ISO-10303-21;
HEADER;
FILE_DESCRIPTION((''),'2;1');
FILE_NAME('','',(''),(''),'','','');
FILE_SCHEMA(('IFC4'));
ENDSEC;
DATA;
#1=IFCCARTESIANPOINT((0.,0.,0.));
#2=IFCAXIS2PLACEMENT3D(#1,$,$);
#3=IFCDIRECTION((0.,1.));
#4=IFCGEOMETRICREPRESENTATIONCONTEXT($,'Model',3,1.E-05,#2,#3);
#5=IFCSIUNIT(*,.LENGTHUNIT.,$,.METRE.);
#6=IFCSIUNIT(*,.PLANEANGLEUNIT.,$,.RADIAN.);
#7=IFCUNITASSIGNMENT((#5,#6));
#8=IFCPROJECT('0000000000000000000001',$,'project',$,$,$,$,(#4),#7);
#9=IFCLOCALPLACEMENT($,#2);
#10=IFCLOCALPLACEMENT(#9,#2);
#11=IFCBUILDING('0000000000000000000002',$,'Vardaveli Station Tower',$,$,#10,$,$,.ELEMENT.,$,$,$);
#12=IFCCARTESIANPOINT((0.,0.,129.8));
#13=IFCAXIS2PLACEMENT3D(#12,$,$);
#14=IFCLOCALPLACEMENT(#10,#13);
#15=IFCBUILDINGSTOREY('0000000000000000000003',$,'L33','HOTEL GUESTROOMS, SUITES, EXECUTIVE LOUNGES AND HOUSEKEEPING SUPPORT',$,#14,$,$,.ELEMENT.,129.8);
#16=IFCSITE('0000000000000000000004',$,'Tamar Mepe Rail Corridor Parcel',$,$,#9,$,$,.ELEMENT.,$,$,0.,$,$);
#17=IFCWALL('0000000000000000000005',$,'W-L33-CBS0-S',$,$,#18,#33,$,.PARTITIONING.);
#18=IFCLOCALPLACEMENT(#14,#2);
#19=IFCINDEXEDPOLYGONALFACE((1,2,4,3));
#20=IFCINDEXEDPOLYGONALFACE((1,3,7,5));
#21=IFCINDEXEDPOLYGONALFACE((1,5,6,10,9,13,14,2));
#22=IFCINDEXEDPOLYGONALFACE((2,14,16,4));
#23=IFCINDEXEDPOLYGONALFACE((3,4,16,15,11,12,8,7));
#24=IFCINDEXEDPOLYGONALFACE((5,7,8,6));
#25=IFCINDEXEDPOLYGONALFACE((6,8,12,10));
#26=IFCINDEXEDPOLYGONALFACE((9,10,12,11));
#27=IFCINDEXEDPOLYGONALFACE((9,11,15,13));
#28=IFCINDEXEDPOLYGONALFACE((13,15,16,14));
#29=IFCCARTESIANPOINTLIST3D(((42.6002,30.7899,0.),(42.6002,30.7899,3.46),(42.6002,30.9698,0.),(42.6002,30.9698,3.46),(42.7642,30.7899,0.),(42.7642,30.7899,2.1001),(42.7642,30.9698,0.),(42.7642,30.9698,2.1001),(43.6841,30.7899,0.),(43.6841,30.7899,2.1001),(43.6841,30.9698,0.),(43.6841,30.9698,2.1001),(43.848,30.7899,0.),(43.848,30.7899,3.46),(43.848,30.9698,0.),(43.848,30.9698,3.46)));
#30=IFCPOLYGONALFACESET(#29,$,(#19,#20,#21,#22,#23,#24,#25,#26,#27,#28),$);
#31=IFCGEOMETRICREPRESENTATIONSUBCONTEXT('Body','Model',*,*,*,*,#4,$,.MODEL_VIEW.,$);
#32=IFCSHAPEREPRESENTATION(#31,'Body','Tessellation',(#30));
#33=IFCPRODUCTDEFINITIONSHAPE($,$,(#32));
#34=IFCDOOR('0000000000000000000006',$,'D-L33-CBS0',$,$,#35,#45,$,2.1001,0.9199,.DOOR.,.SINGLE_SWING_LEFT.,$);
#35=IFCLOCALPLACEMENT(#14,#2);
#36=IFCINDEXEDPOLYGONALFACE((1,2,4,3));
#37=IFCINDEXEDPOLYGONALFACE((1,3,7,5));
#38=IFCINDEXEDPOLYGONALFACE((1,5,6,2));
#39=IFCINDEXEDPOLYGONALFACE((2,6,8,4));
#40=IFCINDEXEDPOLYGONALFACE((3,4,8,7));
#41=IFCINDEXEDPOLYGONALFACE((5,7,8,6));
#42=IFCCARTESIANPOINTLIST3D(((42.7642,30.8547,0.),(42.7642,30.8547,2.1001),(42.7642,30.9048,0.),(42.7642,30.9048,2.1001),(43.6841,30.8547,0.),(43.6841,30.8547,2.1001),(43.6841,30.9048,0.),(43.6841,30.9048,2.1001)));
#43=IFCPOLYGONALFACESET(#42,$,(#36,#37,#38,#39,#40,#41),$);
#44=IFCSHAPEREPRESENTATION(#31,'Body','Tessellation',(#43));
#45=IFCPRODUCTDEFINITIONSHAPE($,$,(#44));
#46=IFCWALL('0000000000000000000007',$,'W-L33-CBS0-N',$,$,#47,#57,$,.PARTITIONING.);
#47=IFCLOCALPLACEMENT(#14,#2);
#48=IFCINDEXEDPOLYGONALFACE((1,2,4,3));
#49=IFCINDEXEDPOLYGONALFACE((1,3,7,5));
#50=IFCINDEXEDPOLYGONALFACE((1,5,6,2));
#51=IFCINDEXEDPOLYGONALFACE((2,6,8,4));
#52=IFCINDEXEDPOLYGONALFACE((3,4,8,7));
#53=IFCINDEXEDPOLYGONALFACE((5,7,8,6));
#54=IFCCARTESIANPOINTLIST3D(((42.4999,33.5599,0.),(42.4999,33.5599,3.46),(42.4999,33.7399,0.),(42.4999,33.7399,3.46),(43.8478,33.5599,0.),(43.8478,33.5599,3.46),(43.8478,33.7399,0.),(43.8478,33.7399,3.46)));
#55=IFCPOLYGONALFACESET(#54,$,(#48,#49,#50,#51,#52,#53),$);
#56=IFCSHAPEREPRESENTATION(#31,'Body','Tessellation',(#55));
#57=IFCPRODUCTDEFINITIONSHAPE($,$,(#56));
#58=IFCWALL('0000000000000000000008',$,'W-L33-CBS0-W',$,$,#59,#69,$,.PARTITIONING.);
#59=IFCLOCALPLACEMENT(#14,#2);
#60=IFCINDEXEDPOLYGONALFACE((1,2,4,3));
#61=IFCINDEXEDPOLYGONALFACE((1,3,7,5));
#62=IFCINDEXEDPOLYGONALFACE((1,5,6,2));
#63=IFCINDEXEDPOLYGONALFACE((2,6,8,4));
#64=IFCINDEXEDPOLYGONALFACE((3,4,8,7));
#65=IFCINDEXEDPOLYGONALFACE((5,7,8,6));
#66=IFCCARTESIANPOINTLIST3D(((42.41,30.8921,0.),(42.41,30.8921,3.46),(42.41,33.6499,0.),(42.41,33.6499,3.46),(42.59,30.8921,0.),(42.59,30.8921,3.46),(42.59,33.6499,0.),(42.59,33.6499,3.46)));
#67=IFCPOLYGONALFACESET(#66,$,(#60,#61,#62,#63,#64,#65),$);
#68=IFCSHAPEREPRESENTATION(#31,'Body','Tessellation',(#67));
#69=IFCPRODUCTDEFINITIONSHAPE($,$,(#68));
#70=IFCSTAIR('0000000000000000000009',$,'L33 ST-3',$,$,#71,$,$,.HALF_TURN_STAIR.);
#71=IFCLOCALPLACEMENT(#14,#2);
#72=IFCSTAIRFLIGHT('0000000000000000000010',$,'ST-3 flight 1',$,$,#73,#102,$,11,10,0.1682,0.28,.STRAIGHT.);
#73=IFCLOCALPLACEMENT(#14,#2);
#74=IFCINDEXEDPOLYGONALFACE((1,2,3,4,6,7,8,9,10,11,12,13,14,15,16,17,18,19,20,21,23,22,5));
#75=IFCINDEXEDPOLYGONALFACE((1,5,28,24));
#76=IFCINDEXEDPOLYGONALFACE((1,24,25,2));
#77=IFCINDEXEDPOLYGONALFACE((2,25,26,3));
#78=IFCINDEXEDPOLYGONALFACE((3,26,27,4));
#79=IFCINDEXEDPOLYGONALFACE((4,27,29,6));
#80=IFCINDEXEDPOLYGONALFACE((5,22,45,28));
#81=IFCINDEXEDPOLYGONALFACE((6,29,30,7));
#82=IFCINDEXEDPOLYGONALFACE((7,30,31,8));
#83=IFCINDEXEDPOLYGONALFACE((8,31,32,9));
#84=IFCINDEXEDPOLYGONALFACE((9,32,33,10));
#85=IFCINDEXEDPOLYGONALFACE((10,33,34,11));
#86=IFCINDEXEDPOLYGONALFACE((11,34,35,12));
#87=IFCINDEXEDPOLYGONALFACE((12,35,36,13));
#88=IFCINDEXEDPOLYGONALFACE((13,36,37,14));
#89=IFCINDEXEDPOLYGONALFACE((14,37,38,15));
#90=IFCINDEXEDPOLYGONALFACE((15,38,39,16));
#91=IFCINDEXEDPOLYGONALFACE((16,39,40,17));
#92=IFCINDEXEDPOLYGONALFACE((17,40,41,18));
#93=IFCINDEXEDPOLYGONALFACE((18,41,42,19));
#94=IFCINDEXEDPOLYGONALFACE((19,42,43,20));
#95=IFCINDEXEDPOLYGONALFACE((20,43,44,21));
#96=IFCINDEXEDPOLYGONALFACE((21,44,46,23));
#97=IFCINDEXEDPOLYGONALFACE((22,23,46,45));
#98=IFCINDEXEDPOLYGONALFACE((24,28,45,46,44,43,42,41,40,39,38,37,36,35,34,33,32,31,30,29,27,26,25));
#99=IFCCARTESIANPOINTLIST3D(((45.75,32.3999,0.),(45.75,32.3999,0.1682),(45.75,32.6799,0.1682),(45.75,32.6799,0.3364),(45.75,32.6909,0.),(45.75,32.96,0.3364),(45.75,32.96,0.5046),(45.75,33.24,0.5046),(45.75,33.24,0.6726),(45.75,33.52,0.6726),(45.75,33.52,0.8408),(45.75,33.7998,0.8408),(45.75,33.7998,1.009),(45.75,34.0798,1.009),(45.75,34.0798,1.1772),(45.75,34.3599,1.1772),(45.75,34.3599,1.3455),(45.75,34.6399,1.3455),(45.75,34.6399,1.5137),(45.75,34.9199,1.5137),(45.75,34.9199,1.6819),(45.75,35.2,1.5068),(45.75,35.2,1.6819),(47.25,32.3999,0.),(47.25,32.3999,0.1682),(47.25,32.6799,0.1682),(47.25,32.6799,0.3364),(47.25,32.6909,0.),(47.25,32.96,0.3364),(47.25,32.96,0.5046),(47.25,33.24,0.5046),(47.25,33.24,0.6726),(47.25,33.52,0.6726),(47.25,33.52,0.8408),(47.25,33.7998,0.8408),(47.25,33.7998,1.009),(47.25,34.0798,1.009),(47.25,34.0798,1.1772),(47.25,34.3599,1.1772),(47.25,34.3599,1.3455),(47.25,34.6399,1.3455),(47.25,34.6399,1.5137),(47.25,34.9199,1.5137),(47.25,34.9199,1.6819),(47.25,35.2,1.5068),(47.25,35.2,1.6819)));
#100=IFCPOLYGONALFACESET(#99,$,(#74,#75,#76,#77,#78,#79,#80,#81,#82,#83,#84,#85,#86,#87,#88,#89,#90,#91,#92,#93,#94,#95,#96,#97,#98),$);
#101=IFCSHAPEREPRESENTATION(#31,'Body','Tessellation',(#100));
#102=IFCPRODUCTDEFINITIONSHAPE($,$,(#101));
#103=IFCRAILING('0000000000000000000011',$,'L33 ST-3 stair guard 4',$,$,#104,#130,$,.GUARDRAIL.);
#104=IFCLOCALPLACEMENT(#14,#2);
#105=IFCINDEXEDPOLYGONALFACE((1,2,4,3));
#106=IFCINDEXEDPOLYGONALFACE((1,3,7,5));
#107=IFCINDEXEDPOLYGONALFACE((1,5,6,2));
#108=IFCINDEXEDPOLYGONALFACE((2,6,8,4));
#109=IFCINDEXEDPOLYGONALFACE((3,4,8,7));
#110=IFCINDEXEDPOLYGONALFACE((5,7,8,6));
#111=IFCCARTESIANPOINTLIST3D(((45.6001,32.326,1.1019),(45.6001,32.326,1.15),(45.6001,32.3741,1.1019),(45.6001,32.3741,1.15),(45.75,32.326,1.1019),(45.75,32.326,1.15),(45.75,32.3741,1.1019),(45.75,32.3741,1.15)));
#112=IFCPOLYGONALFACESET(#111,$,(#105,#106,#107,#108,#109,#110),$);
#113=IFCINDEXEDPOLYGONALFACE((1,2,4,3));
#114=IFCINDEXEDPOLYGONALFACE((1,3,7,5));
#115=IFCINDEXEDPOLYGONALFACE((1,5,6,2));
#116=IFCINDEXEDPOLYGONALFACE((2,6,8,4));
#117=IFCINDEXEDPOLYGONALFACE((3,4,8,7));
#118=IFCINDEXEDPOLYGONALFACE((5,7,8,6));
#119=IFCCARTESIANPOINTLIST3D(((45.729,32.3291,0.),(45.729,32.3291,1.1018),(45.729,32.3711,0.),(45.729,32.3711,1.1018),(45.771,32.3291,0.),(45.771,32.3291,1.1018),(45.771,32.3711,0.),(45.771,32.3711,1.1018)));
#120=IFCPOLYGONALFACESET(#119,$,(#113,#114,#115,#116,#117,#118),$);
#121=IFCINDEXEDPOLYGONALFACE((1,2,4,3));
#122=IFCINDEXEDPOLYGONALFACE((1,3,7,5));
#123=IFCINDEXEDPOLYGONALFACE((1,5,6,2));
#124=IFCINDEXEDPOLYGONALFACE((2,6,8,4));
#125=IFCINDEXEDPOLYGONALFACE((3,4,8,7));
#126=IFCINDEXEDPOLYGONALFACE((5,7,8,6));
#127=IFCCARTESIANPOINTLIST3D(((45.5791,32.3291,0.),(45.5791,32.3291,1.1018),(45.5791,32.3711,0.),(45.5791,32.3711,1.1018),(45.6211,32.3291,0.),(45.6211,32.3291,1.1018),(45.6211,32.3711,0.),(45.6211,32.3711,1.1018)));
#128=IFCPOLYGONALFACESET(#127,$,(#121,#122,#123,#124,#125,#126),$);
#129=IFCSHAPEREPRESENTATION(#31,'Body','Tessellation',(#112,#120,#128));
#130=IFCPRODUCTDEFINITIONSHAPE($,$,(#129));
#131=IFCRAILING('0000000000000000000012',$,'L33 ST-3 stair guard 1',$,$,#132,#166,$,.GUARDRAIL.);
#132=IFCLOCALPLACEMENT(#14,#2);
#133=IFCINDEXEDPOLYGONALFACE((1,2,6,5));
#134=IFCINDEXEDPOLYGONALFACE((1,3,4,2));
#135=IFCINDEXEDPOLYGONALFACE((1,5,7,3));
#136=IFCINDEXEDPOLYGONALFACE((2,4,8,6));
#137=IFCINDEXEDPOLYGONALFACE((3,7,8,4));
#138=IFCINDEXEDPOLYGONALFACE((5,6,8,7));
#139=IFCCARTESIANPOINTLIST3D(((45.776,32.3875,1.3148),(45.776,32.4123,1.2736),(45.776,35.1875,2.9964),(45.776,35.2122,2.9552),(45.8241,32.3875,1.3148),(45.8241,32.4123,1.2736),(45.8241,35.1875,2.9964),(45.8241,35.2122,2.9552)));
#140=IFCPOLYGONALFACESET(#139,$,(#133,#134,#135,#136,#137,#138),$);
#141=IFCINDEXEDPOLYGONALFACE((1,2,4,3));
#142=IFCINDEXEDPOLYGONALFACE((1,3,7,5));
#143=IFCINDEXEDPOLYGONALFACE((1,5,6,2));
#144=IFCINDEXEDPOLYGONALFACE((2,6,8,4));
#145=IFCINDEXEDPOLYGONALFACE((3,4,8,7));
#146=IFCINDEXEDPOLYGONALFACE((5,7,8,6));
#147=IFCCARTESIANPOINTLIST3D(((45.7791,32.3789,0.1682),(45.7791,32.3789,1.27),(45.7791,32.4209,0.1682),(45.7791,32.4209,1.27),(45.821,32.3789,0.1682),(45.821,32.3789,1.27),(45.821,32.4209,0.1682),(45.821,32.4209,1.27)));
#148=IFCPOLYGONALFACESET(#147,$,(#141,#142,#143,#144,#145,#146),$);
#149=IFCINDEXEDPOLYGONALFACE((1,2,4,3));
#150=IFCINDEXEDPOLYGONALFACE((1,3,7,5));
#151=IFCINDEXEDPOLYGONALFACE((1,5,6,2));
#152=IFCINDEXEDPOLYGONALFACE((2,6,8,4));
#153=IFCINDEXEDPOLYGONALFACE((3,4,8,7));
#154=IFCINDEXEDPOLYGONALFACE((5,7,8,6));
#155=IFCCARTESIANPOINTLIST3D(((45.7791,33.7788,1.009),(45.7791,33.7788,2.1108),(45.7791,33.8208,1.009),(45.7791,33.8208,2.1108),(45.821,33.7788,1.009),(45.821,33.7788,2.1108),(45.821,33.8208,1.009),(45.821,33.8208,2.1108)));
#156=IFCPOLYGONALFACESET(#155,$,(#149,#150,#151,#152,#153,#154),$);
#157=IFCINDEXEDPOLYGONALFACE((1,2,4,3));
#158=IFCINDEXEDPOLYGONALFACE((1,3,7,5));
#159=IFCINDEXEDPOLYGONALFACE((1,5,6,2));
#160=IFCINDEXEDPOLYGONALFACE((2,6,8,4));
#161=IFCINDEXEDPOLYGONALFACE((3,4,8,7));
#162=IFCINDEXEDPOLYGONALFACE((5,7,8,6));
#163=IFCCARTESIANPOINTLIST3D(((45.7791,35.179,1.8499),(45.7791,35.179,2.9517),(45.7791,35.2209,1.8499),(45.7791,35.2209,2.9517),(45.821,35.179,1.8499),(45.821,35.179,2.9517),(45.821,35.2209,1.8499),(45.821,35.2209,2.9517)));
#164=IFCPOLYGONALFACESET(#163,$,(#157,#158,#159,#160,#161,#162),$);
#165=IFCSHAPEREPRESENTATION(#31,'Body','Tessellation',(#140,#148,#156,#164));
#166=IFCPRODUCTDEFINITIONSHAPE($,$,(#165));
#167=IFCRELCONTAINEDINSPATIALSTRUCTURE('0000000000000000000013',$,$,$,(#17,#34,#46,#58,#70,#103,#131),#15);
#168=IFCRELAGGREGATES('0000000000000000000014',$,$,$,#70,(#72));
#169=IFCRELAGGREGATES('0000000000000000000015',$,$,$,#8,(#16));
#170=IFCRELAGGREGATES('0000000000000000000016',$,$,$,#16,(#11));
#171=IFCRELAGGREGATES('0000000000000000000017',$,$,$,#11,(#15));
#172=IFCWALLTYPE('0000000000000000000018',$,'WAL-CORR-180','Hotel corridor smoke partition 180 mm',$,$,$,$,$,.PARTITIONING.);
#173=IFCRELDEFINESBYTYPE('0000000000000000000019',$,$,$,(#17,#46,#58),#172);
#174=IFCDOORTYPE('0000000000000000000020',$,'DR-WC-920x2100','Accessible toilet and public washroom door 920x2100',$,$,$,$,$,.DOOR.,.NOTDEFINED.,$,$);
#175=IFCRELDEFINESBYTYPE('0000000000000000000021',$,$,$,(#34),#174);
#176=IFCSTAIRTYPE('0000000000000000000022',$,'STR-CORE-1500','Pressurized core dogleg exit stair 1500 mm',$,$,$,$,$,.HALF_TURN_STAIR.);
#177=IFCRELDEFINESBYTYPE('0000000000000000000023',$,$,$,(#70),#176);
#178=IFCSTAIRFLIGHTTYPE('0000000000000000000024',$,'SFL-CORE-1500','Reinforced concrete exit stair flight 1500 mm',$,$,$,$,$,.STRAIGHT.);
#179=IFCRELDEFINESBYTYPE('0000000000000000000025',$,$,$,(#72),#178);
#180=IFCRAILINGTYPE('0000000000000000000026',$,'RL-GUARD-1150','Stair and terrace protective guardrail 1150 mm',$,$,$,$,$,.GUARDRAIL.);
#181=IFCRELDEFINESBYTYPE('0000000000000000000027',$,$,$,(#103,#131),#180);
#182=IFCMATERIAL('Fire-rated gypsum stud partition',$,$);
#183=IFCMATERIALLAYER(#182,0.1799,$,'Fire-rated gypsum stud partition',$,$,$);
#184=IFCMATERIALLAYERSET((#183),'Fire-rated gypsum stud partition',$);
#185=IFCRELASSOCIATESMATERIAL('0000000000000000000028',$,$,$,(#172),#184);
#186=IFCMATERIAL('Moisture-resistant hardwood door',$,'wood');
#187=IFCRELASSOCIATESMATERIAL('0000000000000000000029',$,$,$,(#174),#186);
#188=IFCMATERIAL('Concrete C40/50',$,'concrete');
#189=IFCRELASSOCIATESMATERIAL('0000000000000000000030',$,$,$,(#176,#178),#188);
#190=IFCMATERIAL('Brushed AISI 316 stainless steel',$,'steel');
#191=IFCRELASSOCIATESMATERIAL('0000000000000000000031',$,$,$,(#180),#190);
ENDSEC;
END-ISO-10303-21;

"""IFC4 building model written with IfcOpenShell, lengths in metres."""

from ifc_helpers import new_model, si_unit, direction, frame, frame_2d, origin, origin_2d, place, context, subcontext, project, spatial, polyline, rectangle, outline, extrude, source, transform, mapped, material, layer, layer_set, type_object, element, fill, aggregate, save


model = new_model("IFC4")

# Units and contexts
model_context = context("Model", 3, precision=1e-05, world=origin(), true_north=direction((0.0, 1.0)))
body_context = subcontext(model_context, "Body", "Model", "MODEL_VIEW")
ifc_project = project(units=[si_unit("LENGTHUNIT", "METRE"), si_unit("PLANEANGLEUNIT", "RADIAN")], contexts=[model_context])

# Site, building, storey
site_placement = place(None, origin())
site = spatial("IfcSite", under=ifc_project, at=site_placement, Name="Tamar Mepe Rail Corridor Parcel", CompositionType="ELEMENT", RefElevation=0.0)
building_placement = place(site_placement, origin())
building = spatial("IfcBuilding", under=site, at=building_placement, Name="Vardaveli Station Tower", CompositionType="ELEMENT")
storey_placement = place(building_placement, frame((0.0, 0.0, 129.8)))
storey = spatial("IfcBuildingStorey", under=building, at=storey_placement, Name="L33", Description="HOTEL GUESTROOMS, SUITES, EXECUTIVE LOUNGES AND HOUSEKEEPING SUPPORT", CompositionType="ELEMENT", Elevation=129.8)

# Shared definitions
ifc_material_1 = material(Name="Concrete C40/50", Category="concrete")

# Wall, opening, door
ifc_material_2 = material(Name="Fire-rated gypsum stud partition")
ifc_layer_1 = layer(ifc_material_2, 0.1799, Name="Fire-rated gypsum stud partition")
ifc_layer_set_1 = layer_set([ifc_layer_1], Name="Fire-rated gypsum stud partition")
wall_type_1 = type_object("IfcWallType", Name="WAL-CORR-180", Description="Hotel corridor smoke partition 180 mm", PredefinedType="PARTITIONING", material=ifc_layer_set_1)
shared_shape_1 = source(origin(), body_context, "Body", "SweptSolid", [
    extrude(rectangle(XDim=1.2478, YDim=0.1799, at=frame_2d((0.624, 0.0))), origin(), (0.0, 0.0, 1.0), 3.46),
])
wall_1_placement = place(storey_placement, frame((42.6001, 30.8799, 0.0), z_axis=(0.0, 0.0, 1.0), x_axis=(1.0, 0.0, 0.0)))
wall_1 = element("IfcWall", 1, at=wall_1_placement, inside=storey, type_object=wall_type_1, Name="W-L33-CBS0-S", PredefinedType="PARTITIONING", context=body_context, shape_type="MappedRepresentation", body=[
    mapped(shared_shape_1, transform((0.0, 0.0, 0.0), scale=1.0)),
])
shared_shape_2 = source(origin(), body_context, "Body", "SweptSolid", [
    extrude(rectangle(XDim=0.9199, YDim=2.1001, at=frame_2d((0.46, 1.05))), frame((0.0, 0.1001, 0.0), z_axis=(0.0, -1.0, 0.0), x_axis=(1.0, 0.0, 0.0)), (0.0, 0.0, 1.0), 0.2),
])
opening_1_placement = place(wall_1_placement, frame((0.1641, 0.0, 0.0)))
opening_1 = element("IfcOpeningElement", 2, at=opening_1_placement, cuts=wall_1, PredefinedType="OPENING", context=body_context, shape_type="MappedRepresentation", body=[
    mapped(shared_shape_2, transform((0.0, 0.0, 0.0), scale=1.0)),
])
ifc_material_3 = material(Name="Moisture-resistant hardwood door", Category="wood")
door_type_1 = type_object("IfcDoorType", Name="DR-WC-920x2100", Description="Accessible toilet and public washroom door 920x2100", OperationType="NOTDEFINED", PredefinedType="DOOR", material=ifc_material_3)
shared_shape_3 = source(origin(), body_context, "Body", "SweptSolid", [
    extrude(rectangle(XDim=0.9199, YDim=2.1001, at=frame_2d((0.46, 1.05))), frame((0.0, 0.0249, 0.0), z_axis=(0.0, -1.0, 0.0), x_axis=(1.0, 0.0, 0.0)), (0.0, 0.0, 1.0), 0.05),
])
door_1_placement = place(opening_1_placement, origin())
door_1 = element("IfcDoor", 3, at=door_1_placement, inside=storey, type_object=door_type_1, Name="D-L33-CBS0", OperationType="SINGLE_SWING_LEFT", OverallHeight=2.1001, OverallWidth=0.9199, PredefinedType="DOOR", context=body_context, shape_type="MappedRepresentation", body=[
    mapped(shared_shape_3, transform((0.0, 0.0, 0.0), scale=1.0)),
])
fill(opening_1, door_1)

# Walls
shared_shape_4 = source(origin(), body_context, "Body", "SweptSolid", [
    extrude(rectangle(XDim=1.3479, YDim=0.1799, at=frame_2d((0.6738, 0.0))), origin(), (0.0, 0.0, 1.0), 3.46),
])
wall_2_placement = place(storey_placement, frame((42.5, 33.6499, 0.0), z_axis=(0.0, 0.0, 1.0), x_axis=(1.0, 0.0, 0.0)))
element("IfcWall", 4, at=wall_2_placement, inside=storey, type_object=wall_type_1, Name="W-L33-CBS0-N", PredefinedType="PARTITIONING", context=body_context, shape_type="MappedRepresentation", body=[
    mapped(shared_shape_4, transform((0.0, 0.0, 0.0), scale=1.0)),
])
shared_shape_5 = source(origin(), body_context, "Body", "SweptSolid", [
    extrude(rectangle(XDim=2.7578, YDim=0.1799, at=frame_2d((1.3789, 0.0))), origin(), (0.0, 0.0, 1.0), 3.46),
])
wall_3_placement = place(storey_placement, frame((42.5, 30.8921, 0.0), z_axis=(0.0, 0.0, 1.0), x_axis=(0.0, 1.0, 0.0)))
element("IfcWall", 5, at=wall_3_placement, inside=storey, type_object=wall_type_1, Name="W-L33-CBS0-W", PredefinedType="PARTITIONING", context=body_context, shape_type="MappedRepresentation", body=[
    mapped(shared_shape_5, transform((0.0, 0.0, 0.0), scale=1.0)),
])

# Stair, stair flight
stair_type = type_object("IfcStairType", Name="STR-CORE-1500", Description="Pressurized core dogleg exit stair 1500 mm", PredefinedType="HALF_TURN_STAIR", material=ifc_material_1)
stair_placement = place(storey_placement, origin())
stair = element("IfcStair", 6, at=stair_placement, inside=storey, type_object=stair_type, Name="L33 ST-3", PredefinedType="HALF_TURN_STAIR")
stair_flight_type = type_object("IfcStairFlightType", Name="SFL-CORE-1500", Description="Reinforced concrete exit stair flight 1500 mm", PredefinedType="STRAIGHT", material=ifc_material_1)
shared_shape_6 = source(origin(), body_context, "Body", "SweptSolid", [
    extrude(outline(polyline([(0.0, 0.0), (0.0, 0.1682), (0.28, 0.1682), (0.28, 0.3364), (0.5601, 0.3364), (0.5601, 0.5046), (0.8401, 0.5046), (0.8401, 0.6726), (1.1201, 0.6726), (1.1201, 0.8408), (1.3999, 0.8408), (1.3999, 1.009), (1.6799, 1.009), (1.6799, 1.1772), (1.96, 1.1772), (1.96, 1.3455), (2.24, 1.3455), (2.24, 1.5137), (2.52, 1.5137), (2.52, 1.6819), (2.8, 1.6819), (2.8, 1.8501), (2.8, 1.5068), (0.291, 0.0), (0.0, 0.0)])), frame((0.0, 0.75, 0.0), z_axis=(0.0, -1.0, 0.0), x_axis=(1.0, 0.0, 0.0)), (0.0, 0.0, 1.0), 1.5),
])
stair_flight_placement = place(storey_placement, frame((46.5, 32.3999, 0.0), z_axis=(0.0, 0.0, 1.0), x_axis=(0.0, 1.0, 0.0)))
stair_flight = element("IfcStairFlight", 7, at=stair_flight_placement, type_object=stair_flight_type, Name="ST-3 flight 1", NumberOfRisers=11, NumberOfTreads=10, PredefinedType="STRAIGHT", RiserHeight=0.1682, TreadLength=0.28, context=body_context, shape_type="MappedRepresentation", body=[
    mapped(shared_shape_6, transform((0.0, 0.0, 0.0), scale=1.0)),
])
aggregate(stair, [stair_flight])

# Railings
ifc_material_4 = material(Name="Brushed AISI 316 stainless steel", Category="steel")
railing_type_1 = type_object("IfcRailingType", Name="RL-GUARD-1150", Description="Stair and terrace protective guardrail 1150 mm", PredefinedType="GUARDRAIL", material=ifc_material_4)
shared_shape_7 = source(origin(), body_context, "Body", "SweptSolid", [
    extrude(rectangle(XDim=0.0481, YDim=0.0481, at=origin_2d()), frame((0.0, 0.0, 1.126), z_axis=(-1.0, 0.0, 0.0), x_axis=(0.0, -1.0, 0.0)), (0.0, 0.0, 1.0), 0.1499),
    extrude(rectangle(XDim=0.042, YDim=0.042, at=origin_2d()), origin(), (0.0, 0.0, 1.0), 1.1018),
    extrude(rectangle(XDim=0.042, YDim=0.042, at=origin_2d()), frame((-0.1499, 0.0, 0.0)), (0.0, 0.0, 1.0), 1.1018),
])
railing_1_placement = place(storey_placement, frame((45.75, 32.3501, 0.0)))
element("IfcRailing", 8, at=railing_1_placement, inside=storey, type_object=railing_type_1, Name="L33 ST-3 stair guard 4", PredefinedType="GUARDRAIL", context=body_context, shape_type="MappedRepresentation", body=[
    mapped(shared_shape_7, transform((0.0, 0.0, 0.0), scale=1.0)),
])
shared_shape_8 = source(origin(), body_context, "Body", "SweptSolid", [
    extrude(rectangle(XDim=0.0481, YDim=0.0481, at=origin_2d()), frame((0.0, 0.0, 1.126), z_axis=(0.0, 0.857275, 0.514858), x_axis=(-1.0, 0.0, 0.0)), (0.0, 0.0, 1.0), 3.2661),
    extrude(rectangle(XDim=0.042, YDim=0.042, at=origin_2d()), origin(), (0.0, 0.0, 1.0), 1.1018),
    extrude(rectangle(XDim=0.042, YDim=0.042, at=origin_2d()), frame((0.0, 1.3999, 0.8408)), (0.0, 0.0, 1.0), 1.1018),
    extrude(rectangle(XDim=0.042, YDim=0.042, at=origin_2d()), frame((0.0, 2.8, 1.6816)), (0.0, 0.0, 1.0), 1.1018),
])
railing_2_placement = place(storey_placement, frame((45.8, 32.3999, 0.1682)))
element("IfcRailing", 9, at=railing_2_placement, inside=storey, type_object=railing_type_1, Name="L33 ST-3 stair guard 1", PredefinedType="GUARDRAIL", context=body_context, shape_type="MappedRepresentation", body=[
    mapped(shared_shape_8, transform((0.0, 0.0, 0.0), scale=1.0)),
])

save(model, "model.ifc")
